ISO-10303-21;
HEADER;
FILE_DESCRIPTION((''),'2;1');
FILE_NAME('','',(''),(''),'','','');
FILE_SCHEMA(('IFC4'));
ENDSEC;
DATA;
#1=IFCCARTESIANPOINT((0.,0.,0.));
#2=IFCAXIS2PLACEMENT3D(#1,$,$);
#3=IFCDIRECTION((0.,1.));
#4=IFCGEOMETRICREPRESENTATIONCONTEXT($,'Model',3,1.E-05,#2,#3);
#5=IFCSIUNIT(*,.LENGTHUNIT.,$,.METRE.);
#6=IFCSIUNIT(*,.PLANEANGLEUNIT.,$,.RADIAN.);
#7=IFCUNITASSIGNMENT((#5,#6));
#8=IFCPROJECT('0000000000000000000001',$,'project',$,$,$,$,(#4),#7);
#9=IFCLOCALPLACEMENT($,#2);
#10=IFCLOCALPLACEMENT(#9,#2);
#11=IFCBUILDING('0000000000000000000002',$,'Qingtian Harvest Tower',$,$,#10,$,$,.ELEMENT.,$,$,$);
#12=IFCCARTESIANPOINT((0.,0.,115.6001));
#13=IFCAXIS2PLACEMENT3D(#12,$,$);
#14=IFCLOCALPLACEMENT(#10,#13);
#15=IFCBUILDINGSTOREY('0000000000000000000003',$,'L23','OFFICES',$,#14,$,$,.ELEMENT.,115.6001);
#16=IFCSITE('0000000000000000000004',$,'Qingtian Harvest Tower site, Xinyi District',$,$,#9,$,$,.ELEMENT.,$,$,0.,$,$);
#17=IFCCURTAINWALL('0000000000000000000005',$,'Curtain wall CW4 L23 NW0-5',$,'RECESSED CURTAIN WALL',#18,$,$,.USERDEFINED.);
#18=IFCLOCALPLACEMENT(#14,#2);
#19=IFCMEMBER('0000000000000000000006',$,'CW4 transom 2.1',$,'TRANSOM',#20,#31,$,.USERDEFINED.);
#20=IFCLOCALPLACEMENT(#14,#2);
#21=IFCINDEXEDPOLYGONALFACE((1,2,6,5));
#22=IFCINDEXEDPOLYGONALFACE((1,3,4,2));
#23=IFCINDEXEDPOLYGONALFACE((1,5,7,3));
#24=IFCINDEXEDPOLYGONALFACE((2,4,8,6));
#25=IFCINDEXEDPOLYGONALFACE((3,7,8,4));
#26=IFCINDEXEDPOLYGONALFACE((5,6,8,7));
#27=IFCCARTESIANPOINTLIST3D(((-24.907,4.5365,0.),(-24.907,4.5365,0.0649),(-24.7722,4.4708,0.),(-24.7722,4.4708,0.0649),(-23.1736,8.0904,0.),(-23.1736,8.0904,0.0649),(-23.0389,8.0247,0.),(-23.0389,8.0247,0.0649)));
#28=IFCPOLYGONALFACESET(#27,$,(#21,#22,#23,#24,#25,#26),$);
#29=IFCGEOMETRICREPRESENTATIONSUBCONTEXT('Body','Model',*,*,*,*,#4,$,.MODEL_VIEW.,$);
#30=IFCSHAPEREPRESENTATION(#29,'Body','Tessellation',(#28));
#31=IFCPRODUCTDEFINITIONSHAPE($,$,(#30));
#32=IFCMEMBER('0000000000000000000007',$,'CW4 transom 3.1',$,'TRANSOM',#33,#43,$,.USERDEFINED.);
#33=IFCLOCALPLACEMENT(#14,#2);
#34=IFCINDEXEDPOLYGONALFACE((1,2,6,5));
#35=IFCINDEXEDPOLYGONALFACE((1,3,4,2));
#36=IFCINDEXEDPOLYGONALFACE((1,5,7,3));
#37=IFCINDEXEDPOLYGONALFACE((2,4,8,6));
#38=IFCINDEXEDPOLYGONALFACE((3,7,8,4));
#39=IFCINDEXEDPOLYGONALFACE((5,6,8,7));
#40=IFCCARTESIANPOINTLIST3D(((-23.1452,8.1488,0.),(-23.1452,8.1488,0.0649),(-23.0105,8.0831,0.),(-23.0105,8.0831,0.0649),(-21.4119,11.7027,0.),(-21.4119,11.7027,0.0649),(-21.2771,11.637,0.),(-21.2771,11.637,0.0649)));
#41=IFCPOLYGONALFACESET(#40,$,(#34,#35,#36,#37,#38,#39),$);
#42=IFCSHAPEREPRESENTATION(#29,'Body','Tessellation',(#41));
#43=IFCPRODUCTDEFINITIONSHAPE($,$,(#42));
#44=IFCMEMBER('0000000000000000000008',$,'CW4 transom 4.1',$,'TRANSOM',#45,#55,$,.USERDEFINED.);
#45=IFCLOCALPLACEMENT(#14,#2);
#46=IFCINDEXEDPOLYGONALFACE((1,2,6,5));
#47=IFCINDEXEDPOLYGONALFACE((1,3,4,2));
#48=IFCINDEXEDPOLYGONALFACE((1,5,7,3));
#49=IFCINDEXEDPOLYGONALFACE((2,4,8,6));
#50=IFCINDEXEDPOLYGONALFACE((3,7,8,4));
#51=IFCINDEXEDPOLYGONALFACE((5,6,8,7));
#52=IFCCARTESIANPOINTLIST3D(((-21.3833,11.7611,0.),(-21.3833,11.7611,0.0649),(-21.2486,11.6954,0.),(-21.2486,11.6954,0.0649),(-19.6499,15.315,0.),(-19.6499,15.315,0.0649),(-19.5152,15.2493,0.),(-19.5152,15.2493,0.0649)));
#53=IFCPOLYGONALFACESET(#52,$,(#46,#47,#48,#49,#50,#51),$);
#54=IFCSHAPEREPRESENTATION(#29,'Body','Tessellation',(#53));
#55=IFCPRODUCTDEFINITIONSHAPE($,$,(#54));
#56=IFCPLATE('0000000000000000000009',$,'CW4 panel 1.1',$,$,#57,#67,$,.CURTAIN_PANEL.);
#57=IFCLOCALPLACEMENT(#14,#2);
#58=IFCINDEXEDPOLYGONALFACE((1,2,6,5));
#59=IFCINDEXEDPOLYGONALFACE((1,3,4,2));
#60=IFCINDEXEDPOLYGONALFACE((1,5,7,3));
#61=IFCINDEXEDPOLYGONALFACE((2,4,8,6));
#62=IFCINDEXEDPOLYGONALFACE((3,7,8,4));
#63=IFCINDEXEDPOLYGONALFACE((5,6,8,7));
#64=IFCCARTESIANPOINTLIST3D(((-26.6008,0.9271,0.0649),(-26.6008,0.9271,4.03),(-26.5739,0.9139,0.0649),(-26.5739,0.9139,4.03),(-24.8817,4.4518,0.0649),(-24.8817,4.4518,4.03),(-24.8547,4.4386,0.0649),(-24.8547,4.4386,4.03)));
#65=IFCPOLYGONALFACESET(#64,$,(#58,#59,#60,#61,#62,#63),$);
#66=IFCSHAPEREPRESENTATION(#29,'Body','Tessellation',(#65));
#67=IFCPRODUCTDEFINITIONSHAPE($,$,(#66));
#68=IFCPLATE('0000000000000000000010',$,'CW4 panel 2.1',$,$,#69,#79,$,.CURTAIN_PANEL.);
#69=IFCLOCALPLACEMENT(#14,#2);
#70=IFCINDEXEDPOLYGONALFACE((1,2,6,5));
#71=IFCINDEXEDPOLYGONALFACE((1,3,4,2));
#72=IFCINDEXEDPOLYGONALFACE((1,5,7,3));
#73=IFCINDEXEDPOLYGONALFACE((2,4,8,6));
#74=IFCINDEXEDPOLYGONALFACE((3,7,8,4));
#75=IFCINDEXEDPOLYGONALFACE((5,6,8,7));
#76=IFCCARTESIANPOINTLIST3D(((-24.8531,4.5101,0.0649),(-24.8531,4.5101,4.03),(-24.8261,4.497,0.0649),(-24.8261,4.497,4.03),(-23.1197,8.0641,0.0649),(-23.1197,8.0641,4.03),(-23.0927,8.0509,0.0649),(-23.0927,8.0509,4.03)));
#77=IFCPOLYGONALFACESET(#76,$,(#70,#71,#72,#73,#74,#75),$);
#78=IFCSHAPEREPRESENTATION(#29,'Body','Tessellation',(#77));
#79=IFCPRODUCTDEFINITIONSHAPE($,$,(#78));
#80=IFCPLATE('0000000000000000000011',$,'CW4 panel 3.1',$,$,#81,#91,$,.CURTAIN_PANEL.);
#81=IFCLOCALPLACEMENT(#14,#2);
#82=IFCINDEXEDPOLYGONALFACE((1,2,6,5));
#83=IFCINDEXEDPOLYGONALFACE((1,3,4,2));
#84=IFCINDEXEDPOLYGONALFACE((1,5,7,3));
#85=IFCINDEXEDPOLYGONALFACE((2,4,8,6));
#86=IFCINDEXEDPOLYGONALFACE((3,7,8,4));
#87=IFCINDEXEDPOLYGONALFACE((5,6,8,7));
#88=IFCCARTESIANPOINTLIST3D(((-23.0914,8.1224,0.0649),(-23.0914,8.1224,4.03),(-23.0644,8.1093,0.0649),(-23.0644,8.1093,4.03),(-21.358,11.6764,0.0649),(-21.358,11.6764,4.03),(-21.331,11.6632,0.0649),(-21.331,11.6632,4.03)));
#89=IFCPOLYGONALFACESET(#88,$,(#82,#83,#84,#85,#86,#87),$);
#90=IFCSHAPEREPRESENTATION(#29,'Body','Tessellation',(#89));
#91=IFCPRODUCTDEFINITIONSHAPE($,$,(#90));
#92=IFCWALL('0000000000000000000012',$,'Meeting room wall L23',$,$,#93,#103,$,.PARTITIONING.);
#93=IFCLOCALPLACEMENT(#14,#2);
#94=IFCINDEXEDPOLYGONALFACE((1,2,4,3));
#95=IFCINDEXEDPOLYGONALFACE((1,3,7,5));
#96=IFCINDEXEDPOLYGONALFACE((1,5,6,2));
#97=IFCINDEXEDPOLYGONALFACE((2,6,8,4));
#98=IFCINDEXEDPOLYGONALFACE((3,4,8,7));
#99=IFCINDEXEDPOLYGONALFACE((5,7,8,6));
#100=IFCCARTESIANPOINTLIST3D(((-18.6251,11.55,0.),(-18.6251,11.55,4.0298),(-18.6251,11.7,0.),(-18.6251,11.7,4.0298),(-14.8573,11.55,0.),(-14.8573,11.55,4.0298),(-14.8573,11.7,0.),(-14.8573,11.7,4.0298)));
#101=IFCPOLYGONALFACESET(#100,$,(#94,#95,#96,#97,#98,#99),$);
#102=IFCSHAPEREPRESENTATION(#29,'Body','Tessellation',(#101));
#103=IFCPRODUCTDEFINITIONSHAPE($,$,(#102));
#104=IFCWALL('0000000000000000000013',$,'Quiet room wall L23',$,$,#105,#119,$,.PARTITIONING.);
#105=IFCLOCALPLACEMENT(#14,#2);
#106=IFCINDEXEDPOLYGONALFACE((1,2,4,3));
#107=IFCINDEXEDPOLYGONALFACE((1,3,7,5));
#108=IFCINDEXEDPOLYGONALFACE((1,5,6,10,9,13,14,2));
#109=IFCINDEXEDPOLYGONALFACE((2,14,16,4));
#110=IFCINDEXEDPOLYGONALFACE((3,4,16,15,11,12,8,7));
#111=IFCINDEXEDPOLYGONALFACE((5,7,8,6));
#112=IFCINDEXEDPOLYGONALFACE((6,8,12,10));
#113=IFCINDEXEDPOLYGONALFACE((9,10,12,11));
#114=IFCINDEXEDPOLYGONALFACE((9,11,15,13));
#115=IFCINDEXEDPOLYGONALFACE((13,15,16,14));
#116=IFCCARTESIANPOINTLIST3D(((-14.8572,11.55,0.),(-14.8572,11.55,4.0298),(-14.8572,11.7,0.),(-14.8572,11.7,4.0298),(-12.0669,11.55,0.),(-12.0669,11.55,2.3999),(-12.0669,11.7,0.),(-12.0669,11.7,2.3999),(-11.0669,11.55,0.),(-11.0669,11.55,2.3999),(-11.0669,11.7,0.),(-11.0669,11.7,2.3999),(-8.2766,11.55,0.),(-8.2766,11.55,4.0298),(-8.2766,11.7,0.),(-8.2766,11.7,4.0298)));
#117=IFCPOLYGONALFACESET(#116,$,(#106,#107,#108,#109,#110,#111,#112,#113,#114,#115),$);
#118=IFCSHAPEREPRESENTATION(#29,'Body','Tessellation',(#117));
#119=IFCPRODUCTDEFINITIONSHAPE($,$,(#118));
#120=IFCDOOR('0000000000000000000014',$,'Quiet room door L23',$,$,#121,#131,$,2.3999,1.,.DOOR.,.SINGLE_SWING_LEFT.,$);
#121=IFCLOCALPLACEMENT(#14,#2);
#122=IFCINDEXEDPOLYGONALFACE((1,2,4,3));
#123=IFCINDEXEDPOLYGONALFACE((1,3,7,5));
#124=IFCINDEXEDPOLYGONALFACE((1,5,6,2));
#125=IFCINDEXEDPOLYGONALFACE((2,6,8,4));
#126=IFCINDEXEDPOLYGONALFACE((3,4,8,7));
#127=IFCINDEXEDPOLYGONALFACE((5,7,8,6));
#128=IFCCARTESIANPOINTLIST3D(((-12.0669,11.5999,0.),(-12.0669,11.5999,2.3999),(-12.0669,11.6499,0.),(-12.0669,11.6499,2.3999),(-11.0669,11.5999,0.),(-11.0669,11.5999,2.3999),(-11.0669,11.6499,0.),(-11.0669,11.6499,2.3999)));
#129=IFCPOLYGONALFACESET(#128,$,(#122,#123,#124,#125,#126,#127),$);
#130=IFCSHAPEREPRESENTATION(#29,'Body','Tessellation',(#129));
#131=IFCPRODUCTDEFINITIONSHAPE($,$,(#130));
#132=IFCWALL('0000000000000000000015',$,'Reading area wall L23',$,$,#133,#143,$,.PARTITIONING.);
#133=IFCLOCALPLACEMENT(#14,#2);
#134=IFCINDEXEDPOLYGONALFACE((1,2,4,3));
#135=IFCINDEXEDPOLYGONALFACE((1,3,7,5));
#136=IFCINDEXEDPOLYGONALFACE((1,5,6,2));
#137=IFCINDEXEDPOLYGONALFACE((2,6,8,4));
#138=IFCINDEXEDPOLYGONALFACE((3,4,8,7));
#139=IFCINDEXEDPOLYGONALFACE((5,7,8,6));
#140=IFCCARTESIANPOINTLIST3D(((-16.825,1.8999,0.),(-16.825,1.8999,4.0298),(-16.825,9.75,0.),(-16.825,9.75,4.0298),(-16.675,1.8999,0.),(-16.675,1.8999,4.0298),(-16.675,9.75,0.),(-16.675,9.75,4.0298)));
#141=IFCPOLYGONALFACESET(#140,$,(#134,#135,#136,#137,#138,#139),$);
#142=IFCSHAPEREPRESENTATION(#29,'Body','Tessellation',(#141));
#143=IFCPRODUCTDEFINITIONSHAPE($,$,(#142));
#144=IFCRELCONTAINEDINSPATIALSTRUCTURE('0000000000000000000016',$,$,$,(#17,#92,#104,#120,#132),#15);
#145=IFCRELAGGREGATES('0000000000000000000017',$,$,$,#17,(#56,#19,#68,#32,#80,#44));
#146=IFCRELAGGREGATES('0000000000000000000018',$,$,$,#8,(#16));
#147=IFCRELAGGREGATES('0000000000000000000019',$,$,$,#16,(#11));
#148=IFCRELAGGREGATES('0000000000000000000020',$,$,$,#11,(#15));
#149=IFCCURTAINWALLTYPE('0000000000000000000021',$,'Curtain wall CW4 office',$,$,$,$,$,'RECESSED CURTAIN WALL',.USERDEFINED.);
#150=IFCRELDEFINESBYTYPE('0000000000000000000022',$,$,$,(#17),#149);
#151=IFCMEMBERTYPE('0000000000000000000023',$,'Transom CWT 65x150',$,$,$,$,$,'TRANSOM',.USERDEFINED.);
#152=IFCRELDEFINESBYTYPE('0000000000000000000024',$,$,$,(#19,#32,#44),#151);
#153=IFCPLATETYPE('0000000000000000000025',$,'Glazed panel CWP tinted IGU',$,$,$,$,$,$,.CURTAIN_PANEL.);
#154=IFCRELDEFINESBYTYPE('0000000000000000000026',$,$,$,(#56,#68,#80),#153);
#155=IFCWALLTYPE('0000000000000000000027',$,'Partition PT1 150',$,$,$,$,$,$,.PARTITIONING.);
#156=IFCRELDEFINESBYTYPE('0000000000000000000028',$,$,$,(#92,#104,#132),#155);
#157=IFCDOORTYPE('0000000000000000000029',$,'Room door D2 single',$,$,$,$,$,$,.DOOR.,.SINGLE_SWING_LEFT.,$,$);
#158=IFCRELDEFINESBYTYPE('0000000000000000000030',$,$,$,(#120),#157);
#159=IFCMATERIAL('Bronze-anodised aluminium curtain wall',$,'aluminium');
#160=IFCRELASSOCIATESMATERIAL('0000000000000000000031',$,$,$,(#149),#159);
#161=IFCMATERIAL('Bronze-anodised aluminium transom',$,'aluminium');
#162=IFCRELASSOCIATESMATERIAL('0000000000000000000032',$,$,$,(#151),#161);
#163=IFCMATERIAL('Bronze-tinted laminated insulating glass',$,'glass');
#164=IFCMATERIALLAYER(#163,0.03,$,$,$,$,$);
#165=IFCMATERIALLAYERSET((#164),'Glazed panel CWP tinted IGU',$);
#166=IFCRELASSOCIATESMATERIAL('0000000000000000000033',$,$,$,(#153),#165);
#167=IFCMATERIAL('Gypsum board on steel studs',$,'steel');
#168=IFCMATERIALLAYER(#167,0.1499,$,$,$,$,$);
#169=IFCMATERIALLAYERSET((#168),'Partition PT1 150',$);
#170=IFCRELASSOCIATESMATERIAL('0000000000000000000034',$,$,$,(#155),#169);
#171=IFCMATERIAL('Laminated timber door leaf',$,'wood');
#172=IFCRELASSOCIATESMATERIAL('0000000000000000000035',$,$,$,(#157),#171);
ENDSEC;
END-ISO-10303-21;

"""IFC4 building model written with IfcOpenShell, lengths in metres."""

from ifc_helpers import new_model, si_unit, direction, frame, frame_2d, origin, origin_2d, place, context, subcontext, project, spatial, rectangle, extrude, material, layer, layer_set, material_profile, profile_set, type_object, element, fill, aggregate, save


model = new_model("IFC4")

# Units and contexts
model_context = context("Model", 3, precision=1e-05, world=origin(), true_north=direction((0.0, 1.0)))
body_context = subcontext(model_context, "Body", "Model", "MODEL_VIEW")
ifc_project = project(units=[si_unit("LENGTHUNIT", "METRE"), si_unit("PLANEANGLEUNIT", "RADIAN")], contexts=[model_context])

# Site, building, storey
site_placement = place(None, origin())
site = spatial("IfcSite", under=ifc_project, at=site_placement, Name="Qingtian Harvest Tower site, Xinyi District", CompositionType="ELEMENT", RefElevation=0.0)
building_placement = place(site_placement, origin())
building = spatial("IfcBuilding", under=site, at=building_placement, Name="Qingtian Harvest Tower", CompositionType="ELEMENT")
storey_placement = place(building_placement, frame((0.0, 0.0, 115.6001)))
storey = spatial("IfcBuildingStorey", under=building, at=storey_placement, Name="L23", Description="OFFICES", CompositionType="ELEMENT", Elevation=115.6001)

# Shared definitions
ifc_material_1 = material(Name="Bronze-anodised aluminium curtain wall", Category="aluminium")
curtain_wall_type = type_object("IfcCurtainWallType", Name="Curtain wall CW4 office", ElementType="RECESSED CURTAIN WALL", PredefinedType="USERDEFINED", material=ifc_material_1)

# Curtain wall
curtain_wall_1_placement = place(storey_placement, origin())
curtain_wall_1 = element("IfcCurtainWall", 1, at=curtain_wall_1_placement, inside=storey, type_object=curtain_wall_type, Name="Curtain wall CW4 L23 NW0-5", ObjectType="RECESSED CURTAIN WALL", PredefinedType="USERDEFINED")

# Members
ifc_material_2 = material(Name="Bronze-anodised aluminium transom", Category="aluminium")
ifc_material_profile_1 = material_profile(ifc_material_2, rectangle(XDim=0.1499, YDim=0.0649, at=origin_2d()), Name="AL 65x150")
ifc_profile_set_1 = profile_set([ifc_material_profile_1], Name="Bronze-anodised aluminium transom")
member_type_1 = type_object("IfcMemberType", Name="Transom CWT 65x150", ElementType="TRANSOM", PredefinedType="USERDEFINED", material=ifc_profile_set_1)
member_1_placement = place(storey_placement, frame((-24.8396, 4.5037, 0.0325), z_axis=(0.438375, 0.898792, 0.0), x_axis=(-0.898792, 0.438375, 0.0)))
member_1 = element("IfcMember", 2, at=member_1_placement, type_object=member_type_1, Name="CW4 transom 2.1", ObjectType="TRANSOM", PredefinedType="USERDEFINED", context=body_context, shape_type="SweptSolid", body=[
    extrude(rectangle(XDim=0.1499, YDim=0.0649, at=origin_2d()), origin(), (0.0, 0.0, 1.0), 3.9541),
])
member_2_placement = place(storey_placement, frame((-23.0779, 8.116, 0.0325), z_axis=(0.438375, 0.898792, 0.0), x_axis=(-0.898792, 0.438375, 0.0)))
member_2 = element("IfcMember", 3, at=member_2_placement, type_object=member_type_1, Name="CW4 transom 3.1", ObjectType="TRANSOM", PredefinedType="USERDEFINED", context=body_context, shape_type="SweptSolid", body=[
    extrude(rectangle(XDim=0.1499, YDim=0.0649, at=origin_2d()), origin(), (0.0, 0.0, 1.0), 3.9541),
])
member_3_placement = place(storey_placement, frame((-21.3159, 11.7283, 0.0325), z_axis=(0.438375, 0.898792, 0.0), x_axis=(-0.898792, 0.438375, 0.0)))
member_3 = element("IfcMember", 4, at=member_3_placement, type_object=member_type_1, Name="CW4 transom 4.1", ObjectType="TRANSOM", PredefinedType="USERDEFINED", context=body_context, shape_type="SweptSolid", body=[
    extrude(rectangle(XDim=0.1499, YDim=0.0649, at=origin_2d()), origin(), (0.0, 0.0, 1.0), 3.9541),
])

# Plates
ifc_material_3 = material(Name="Bronze-tinted laminated insulating glass", Category="glass")
ifc_layer_1 = layer(ifc_material_3, 0.03)
ifc_layer_set_1 = layer_set([ifc_layer_1], Name="Glazed panel CWP tinted IGU")
plate_type = type_object("IfcPlateType", Name="Glazed panel CWP tinted IGU", PredefinedType="CURTAIN_PANEL", material=ifc_layer_set_1)
plate_1_placement = place(storey_placement, frame((-25.7278, 2.6829, 0.0649), z_axis=(0.0, 0.0, 1.0), x_axis=(0.438371, 0.898794, 0.0)))
plate_1 = element("IfcPlate", 5, at=plate_1_placement, type_object=plate_type, Name="CW4 panel 1.1", PredefinedType="CURTAIN_PANEL", context=body_context, shape_type="SweptSolid", body=[
    extrude(rectangle(XDim=3.9216, YDim=0.03, at=origin_2d()), origin(), (0.0, 0.0, 1.0), 3.9651),
])
plate_2_placement = place(storey_placement, frame((-23.9729, 6.2805, 0.0649), z_axis=(0.0, 0.0, 1.0), x_axis=(0.438371, 0.898794, 0.0)))
plate_2 = element("IfcPlate", 6, at=plate_2_placement, type_object=plate_type, Name="CW4 panel 2.1", PredefinedType="CURTAIN_PANEL", context=body_context, shape_type="SweptSolid", body=[
    extrude(rectangle(XDim=3.9541, YDim=0.03, at=origin_2d()), origin(), (0.0, 0.0, 1.0), 3.9651),
])
plate_3_placement = place(storey_placement, frame((-22.2112, 9.8928, 0.0649), z_axis=(0.0, 0.0, 1.0), x_axis=(0.438371, 0.898794, 0.0)))
plate_3 = element("IfcPlate", 7, at=plate_3_placement, type_object=plate_type, Name="CW4 panel 3.1", PredefinedType="CURTAIN_PANEL", context=body_context, shape_type="SweptSolid", body=[
    extrude(rectangle(XDim=3.9541, YDim=0.03, at=origin_2d()), origin(), (0.0, 0.0, 1.0), 3.9651),
])
aggregate(curtain_wall_1, [plate_1, member_1, plate_2, member_2, plate_3, member_3])

# Wall
ifc_material_4 = material(Name="Gypsum board on steel studs", Category="steel")
ifc_layer_2 = layer(ifc_material_4, 0.1499)
ifc_layer_set_2 = layer_set([ifc_layer_2], Name="Partition PT1 150")
wall_type = type_object("IfcWallType", Name="Partition PT1 150", PredefinedType="PARTITIONING", material=ifc_layer_set_2)
wall_1_placement = place(storey_placement, frame((-18.625, 11.625, 0.0), z_axis=(0.0, 0.0, 1.0), x_axis=(1.0, 0.0, 0.0)))
element("IfcWall", 8, at=wall_1_placement, inside=storey, type_object=wall_type, Name="Meeting room wall L23", PredefinedType="PARTITIONING", context=body_context, shape_type="SweptSolid", body=[
    extrude(rectangle(XDim=3.7678, YDim=0.1499, at=frame_2d((1.8838, 0.0))), origin(), (0.0, 0.0, 1.0), 4.0298),
])

# Wall, opening, door
wall_2_placement = place(storey_placement, frame((-14.8572, 11.625, 0.0), z_axis=(0.0, 0.0, 1.0), x_axis=(1.0, 0.0, 0.0)))
wall_2 = element("IfcWall", 9, at=wall_2_placement, inside=storey, type_object=wall_type, Name="Quiet room wall L23", PredefinedType="PARTITIONING", context=body_context, shape_type="SweptSolid", body=[
    extrude(rectangle(XDim=6.5806, YDim=0.1499, at=frame_2d((3.2903, 0.0))), origin(), (0.0, 0.0, 1.0), 4.0298),
])
opening_placement = place(wall_2_placement, frame((2.7903, 0.0, 0.0)))
opening = element("IfcOpeningElement", 10, at=opening_placement, cuts=wall_2, PredefinedType="OPENING", context=body_context, shape_type="SweptSolid", body=[
    extrude(rectangle(XDim=1.0, YDim=2.3999, at=frame_2d((0.5, 1.2))), frame((0.0, 0.085, 0.0), z_axis=(0.0, -1.0, 0.0), x_axis=(1.0, 0.0, 0.0)), (0.0, 0.0, 1.0), 0.1699),
])
ifc_material_5 = material(Name="Laminated timber door leaf", Category="wood")
door_type = type_object("IfcDoorType", Name="Room door D2 single", OperationType="SINGLE_SWING_LEFT", PredefinedType="DOOR", material=ifc_material_5)
door_placement = place(opening_placement, origin())
door = element("IfcDoor", 11, at=door_placement, inside=storey, type_object=door_type, Name="Quiet room door L23", OperationType="SINGLE_SWING_LEFT", OverallHeight=2.3999, OverallWidth=1.0, PredefinedType="DOOR", context=body_context, shape_type="SweptSolid", body=[
    extrude(rectangle(XDim=1.0, YDim=2.3999, at=frame_2d((0.5, 1.2))), frame((0.0, 0.0249, 0.0), z_axis=(0.0, -1.0, 0.0), x_axis=(1.0, 0.0, 0.0)), (0.0, 0.0, 1.0), 0.05),
])
fill(opening, door)

# Wall
wall_3_placement = place(storey_placement, frame((-16.75, 1.8999, 0.0), z_axis=(0.0, 0.0, 1.0), x_axis=(0.0, 1.0, 0.0)))
element("IfcWall", 12, at=wall_3_placement, inside=storey, type_object=wall_type, Name="Reading area wall L23", PredefinedType="PARTITIONING", context=body_context, shape_type="SweptSolid", body=[
    extrude(rectangle(XDim=7.8501, YDim=0.1499, at=frame_2d((3.925, 0.0))), origin(), (0.0, 0.0, 1.0), 4.0298),
])

save(model, "model.ifc")
